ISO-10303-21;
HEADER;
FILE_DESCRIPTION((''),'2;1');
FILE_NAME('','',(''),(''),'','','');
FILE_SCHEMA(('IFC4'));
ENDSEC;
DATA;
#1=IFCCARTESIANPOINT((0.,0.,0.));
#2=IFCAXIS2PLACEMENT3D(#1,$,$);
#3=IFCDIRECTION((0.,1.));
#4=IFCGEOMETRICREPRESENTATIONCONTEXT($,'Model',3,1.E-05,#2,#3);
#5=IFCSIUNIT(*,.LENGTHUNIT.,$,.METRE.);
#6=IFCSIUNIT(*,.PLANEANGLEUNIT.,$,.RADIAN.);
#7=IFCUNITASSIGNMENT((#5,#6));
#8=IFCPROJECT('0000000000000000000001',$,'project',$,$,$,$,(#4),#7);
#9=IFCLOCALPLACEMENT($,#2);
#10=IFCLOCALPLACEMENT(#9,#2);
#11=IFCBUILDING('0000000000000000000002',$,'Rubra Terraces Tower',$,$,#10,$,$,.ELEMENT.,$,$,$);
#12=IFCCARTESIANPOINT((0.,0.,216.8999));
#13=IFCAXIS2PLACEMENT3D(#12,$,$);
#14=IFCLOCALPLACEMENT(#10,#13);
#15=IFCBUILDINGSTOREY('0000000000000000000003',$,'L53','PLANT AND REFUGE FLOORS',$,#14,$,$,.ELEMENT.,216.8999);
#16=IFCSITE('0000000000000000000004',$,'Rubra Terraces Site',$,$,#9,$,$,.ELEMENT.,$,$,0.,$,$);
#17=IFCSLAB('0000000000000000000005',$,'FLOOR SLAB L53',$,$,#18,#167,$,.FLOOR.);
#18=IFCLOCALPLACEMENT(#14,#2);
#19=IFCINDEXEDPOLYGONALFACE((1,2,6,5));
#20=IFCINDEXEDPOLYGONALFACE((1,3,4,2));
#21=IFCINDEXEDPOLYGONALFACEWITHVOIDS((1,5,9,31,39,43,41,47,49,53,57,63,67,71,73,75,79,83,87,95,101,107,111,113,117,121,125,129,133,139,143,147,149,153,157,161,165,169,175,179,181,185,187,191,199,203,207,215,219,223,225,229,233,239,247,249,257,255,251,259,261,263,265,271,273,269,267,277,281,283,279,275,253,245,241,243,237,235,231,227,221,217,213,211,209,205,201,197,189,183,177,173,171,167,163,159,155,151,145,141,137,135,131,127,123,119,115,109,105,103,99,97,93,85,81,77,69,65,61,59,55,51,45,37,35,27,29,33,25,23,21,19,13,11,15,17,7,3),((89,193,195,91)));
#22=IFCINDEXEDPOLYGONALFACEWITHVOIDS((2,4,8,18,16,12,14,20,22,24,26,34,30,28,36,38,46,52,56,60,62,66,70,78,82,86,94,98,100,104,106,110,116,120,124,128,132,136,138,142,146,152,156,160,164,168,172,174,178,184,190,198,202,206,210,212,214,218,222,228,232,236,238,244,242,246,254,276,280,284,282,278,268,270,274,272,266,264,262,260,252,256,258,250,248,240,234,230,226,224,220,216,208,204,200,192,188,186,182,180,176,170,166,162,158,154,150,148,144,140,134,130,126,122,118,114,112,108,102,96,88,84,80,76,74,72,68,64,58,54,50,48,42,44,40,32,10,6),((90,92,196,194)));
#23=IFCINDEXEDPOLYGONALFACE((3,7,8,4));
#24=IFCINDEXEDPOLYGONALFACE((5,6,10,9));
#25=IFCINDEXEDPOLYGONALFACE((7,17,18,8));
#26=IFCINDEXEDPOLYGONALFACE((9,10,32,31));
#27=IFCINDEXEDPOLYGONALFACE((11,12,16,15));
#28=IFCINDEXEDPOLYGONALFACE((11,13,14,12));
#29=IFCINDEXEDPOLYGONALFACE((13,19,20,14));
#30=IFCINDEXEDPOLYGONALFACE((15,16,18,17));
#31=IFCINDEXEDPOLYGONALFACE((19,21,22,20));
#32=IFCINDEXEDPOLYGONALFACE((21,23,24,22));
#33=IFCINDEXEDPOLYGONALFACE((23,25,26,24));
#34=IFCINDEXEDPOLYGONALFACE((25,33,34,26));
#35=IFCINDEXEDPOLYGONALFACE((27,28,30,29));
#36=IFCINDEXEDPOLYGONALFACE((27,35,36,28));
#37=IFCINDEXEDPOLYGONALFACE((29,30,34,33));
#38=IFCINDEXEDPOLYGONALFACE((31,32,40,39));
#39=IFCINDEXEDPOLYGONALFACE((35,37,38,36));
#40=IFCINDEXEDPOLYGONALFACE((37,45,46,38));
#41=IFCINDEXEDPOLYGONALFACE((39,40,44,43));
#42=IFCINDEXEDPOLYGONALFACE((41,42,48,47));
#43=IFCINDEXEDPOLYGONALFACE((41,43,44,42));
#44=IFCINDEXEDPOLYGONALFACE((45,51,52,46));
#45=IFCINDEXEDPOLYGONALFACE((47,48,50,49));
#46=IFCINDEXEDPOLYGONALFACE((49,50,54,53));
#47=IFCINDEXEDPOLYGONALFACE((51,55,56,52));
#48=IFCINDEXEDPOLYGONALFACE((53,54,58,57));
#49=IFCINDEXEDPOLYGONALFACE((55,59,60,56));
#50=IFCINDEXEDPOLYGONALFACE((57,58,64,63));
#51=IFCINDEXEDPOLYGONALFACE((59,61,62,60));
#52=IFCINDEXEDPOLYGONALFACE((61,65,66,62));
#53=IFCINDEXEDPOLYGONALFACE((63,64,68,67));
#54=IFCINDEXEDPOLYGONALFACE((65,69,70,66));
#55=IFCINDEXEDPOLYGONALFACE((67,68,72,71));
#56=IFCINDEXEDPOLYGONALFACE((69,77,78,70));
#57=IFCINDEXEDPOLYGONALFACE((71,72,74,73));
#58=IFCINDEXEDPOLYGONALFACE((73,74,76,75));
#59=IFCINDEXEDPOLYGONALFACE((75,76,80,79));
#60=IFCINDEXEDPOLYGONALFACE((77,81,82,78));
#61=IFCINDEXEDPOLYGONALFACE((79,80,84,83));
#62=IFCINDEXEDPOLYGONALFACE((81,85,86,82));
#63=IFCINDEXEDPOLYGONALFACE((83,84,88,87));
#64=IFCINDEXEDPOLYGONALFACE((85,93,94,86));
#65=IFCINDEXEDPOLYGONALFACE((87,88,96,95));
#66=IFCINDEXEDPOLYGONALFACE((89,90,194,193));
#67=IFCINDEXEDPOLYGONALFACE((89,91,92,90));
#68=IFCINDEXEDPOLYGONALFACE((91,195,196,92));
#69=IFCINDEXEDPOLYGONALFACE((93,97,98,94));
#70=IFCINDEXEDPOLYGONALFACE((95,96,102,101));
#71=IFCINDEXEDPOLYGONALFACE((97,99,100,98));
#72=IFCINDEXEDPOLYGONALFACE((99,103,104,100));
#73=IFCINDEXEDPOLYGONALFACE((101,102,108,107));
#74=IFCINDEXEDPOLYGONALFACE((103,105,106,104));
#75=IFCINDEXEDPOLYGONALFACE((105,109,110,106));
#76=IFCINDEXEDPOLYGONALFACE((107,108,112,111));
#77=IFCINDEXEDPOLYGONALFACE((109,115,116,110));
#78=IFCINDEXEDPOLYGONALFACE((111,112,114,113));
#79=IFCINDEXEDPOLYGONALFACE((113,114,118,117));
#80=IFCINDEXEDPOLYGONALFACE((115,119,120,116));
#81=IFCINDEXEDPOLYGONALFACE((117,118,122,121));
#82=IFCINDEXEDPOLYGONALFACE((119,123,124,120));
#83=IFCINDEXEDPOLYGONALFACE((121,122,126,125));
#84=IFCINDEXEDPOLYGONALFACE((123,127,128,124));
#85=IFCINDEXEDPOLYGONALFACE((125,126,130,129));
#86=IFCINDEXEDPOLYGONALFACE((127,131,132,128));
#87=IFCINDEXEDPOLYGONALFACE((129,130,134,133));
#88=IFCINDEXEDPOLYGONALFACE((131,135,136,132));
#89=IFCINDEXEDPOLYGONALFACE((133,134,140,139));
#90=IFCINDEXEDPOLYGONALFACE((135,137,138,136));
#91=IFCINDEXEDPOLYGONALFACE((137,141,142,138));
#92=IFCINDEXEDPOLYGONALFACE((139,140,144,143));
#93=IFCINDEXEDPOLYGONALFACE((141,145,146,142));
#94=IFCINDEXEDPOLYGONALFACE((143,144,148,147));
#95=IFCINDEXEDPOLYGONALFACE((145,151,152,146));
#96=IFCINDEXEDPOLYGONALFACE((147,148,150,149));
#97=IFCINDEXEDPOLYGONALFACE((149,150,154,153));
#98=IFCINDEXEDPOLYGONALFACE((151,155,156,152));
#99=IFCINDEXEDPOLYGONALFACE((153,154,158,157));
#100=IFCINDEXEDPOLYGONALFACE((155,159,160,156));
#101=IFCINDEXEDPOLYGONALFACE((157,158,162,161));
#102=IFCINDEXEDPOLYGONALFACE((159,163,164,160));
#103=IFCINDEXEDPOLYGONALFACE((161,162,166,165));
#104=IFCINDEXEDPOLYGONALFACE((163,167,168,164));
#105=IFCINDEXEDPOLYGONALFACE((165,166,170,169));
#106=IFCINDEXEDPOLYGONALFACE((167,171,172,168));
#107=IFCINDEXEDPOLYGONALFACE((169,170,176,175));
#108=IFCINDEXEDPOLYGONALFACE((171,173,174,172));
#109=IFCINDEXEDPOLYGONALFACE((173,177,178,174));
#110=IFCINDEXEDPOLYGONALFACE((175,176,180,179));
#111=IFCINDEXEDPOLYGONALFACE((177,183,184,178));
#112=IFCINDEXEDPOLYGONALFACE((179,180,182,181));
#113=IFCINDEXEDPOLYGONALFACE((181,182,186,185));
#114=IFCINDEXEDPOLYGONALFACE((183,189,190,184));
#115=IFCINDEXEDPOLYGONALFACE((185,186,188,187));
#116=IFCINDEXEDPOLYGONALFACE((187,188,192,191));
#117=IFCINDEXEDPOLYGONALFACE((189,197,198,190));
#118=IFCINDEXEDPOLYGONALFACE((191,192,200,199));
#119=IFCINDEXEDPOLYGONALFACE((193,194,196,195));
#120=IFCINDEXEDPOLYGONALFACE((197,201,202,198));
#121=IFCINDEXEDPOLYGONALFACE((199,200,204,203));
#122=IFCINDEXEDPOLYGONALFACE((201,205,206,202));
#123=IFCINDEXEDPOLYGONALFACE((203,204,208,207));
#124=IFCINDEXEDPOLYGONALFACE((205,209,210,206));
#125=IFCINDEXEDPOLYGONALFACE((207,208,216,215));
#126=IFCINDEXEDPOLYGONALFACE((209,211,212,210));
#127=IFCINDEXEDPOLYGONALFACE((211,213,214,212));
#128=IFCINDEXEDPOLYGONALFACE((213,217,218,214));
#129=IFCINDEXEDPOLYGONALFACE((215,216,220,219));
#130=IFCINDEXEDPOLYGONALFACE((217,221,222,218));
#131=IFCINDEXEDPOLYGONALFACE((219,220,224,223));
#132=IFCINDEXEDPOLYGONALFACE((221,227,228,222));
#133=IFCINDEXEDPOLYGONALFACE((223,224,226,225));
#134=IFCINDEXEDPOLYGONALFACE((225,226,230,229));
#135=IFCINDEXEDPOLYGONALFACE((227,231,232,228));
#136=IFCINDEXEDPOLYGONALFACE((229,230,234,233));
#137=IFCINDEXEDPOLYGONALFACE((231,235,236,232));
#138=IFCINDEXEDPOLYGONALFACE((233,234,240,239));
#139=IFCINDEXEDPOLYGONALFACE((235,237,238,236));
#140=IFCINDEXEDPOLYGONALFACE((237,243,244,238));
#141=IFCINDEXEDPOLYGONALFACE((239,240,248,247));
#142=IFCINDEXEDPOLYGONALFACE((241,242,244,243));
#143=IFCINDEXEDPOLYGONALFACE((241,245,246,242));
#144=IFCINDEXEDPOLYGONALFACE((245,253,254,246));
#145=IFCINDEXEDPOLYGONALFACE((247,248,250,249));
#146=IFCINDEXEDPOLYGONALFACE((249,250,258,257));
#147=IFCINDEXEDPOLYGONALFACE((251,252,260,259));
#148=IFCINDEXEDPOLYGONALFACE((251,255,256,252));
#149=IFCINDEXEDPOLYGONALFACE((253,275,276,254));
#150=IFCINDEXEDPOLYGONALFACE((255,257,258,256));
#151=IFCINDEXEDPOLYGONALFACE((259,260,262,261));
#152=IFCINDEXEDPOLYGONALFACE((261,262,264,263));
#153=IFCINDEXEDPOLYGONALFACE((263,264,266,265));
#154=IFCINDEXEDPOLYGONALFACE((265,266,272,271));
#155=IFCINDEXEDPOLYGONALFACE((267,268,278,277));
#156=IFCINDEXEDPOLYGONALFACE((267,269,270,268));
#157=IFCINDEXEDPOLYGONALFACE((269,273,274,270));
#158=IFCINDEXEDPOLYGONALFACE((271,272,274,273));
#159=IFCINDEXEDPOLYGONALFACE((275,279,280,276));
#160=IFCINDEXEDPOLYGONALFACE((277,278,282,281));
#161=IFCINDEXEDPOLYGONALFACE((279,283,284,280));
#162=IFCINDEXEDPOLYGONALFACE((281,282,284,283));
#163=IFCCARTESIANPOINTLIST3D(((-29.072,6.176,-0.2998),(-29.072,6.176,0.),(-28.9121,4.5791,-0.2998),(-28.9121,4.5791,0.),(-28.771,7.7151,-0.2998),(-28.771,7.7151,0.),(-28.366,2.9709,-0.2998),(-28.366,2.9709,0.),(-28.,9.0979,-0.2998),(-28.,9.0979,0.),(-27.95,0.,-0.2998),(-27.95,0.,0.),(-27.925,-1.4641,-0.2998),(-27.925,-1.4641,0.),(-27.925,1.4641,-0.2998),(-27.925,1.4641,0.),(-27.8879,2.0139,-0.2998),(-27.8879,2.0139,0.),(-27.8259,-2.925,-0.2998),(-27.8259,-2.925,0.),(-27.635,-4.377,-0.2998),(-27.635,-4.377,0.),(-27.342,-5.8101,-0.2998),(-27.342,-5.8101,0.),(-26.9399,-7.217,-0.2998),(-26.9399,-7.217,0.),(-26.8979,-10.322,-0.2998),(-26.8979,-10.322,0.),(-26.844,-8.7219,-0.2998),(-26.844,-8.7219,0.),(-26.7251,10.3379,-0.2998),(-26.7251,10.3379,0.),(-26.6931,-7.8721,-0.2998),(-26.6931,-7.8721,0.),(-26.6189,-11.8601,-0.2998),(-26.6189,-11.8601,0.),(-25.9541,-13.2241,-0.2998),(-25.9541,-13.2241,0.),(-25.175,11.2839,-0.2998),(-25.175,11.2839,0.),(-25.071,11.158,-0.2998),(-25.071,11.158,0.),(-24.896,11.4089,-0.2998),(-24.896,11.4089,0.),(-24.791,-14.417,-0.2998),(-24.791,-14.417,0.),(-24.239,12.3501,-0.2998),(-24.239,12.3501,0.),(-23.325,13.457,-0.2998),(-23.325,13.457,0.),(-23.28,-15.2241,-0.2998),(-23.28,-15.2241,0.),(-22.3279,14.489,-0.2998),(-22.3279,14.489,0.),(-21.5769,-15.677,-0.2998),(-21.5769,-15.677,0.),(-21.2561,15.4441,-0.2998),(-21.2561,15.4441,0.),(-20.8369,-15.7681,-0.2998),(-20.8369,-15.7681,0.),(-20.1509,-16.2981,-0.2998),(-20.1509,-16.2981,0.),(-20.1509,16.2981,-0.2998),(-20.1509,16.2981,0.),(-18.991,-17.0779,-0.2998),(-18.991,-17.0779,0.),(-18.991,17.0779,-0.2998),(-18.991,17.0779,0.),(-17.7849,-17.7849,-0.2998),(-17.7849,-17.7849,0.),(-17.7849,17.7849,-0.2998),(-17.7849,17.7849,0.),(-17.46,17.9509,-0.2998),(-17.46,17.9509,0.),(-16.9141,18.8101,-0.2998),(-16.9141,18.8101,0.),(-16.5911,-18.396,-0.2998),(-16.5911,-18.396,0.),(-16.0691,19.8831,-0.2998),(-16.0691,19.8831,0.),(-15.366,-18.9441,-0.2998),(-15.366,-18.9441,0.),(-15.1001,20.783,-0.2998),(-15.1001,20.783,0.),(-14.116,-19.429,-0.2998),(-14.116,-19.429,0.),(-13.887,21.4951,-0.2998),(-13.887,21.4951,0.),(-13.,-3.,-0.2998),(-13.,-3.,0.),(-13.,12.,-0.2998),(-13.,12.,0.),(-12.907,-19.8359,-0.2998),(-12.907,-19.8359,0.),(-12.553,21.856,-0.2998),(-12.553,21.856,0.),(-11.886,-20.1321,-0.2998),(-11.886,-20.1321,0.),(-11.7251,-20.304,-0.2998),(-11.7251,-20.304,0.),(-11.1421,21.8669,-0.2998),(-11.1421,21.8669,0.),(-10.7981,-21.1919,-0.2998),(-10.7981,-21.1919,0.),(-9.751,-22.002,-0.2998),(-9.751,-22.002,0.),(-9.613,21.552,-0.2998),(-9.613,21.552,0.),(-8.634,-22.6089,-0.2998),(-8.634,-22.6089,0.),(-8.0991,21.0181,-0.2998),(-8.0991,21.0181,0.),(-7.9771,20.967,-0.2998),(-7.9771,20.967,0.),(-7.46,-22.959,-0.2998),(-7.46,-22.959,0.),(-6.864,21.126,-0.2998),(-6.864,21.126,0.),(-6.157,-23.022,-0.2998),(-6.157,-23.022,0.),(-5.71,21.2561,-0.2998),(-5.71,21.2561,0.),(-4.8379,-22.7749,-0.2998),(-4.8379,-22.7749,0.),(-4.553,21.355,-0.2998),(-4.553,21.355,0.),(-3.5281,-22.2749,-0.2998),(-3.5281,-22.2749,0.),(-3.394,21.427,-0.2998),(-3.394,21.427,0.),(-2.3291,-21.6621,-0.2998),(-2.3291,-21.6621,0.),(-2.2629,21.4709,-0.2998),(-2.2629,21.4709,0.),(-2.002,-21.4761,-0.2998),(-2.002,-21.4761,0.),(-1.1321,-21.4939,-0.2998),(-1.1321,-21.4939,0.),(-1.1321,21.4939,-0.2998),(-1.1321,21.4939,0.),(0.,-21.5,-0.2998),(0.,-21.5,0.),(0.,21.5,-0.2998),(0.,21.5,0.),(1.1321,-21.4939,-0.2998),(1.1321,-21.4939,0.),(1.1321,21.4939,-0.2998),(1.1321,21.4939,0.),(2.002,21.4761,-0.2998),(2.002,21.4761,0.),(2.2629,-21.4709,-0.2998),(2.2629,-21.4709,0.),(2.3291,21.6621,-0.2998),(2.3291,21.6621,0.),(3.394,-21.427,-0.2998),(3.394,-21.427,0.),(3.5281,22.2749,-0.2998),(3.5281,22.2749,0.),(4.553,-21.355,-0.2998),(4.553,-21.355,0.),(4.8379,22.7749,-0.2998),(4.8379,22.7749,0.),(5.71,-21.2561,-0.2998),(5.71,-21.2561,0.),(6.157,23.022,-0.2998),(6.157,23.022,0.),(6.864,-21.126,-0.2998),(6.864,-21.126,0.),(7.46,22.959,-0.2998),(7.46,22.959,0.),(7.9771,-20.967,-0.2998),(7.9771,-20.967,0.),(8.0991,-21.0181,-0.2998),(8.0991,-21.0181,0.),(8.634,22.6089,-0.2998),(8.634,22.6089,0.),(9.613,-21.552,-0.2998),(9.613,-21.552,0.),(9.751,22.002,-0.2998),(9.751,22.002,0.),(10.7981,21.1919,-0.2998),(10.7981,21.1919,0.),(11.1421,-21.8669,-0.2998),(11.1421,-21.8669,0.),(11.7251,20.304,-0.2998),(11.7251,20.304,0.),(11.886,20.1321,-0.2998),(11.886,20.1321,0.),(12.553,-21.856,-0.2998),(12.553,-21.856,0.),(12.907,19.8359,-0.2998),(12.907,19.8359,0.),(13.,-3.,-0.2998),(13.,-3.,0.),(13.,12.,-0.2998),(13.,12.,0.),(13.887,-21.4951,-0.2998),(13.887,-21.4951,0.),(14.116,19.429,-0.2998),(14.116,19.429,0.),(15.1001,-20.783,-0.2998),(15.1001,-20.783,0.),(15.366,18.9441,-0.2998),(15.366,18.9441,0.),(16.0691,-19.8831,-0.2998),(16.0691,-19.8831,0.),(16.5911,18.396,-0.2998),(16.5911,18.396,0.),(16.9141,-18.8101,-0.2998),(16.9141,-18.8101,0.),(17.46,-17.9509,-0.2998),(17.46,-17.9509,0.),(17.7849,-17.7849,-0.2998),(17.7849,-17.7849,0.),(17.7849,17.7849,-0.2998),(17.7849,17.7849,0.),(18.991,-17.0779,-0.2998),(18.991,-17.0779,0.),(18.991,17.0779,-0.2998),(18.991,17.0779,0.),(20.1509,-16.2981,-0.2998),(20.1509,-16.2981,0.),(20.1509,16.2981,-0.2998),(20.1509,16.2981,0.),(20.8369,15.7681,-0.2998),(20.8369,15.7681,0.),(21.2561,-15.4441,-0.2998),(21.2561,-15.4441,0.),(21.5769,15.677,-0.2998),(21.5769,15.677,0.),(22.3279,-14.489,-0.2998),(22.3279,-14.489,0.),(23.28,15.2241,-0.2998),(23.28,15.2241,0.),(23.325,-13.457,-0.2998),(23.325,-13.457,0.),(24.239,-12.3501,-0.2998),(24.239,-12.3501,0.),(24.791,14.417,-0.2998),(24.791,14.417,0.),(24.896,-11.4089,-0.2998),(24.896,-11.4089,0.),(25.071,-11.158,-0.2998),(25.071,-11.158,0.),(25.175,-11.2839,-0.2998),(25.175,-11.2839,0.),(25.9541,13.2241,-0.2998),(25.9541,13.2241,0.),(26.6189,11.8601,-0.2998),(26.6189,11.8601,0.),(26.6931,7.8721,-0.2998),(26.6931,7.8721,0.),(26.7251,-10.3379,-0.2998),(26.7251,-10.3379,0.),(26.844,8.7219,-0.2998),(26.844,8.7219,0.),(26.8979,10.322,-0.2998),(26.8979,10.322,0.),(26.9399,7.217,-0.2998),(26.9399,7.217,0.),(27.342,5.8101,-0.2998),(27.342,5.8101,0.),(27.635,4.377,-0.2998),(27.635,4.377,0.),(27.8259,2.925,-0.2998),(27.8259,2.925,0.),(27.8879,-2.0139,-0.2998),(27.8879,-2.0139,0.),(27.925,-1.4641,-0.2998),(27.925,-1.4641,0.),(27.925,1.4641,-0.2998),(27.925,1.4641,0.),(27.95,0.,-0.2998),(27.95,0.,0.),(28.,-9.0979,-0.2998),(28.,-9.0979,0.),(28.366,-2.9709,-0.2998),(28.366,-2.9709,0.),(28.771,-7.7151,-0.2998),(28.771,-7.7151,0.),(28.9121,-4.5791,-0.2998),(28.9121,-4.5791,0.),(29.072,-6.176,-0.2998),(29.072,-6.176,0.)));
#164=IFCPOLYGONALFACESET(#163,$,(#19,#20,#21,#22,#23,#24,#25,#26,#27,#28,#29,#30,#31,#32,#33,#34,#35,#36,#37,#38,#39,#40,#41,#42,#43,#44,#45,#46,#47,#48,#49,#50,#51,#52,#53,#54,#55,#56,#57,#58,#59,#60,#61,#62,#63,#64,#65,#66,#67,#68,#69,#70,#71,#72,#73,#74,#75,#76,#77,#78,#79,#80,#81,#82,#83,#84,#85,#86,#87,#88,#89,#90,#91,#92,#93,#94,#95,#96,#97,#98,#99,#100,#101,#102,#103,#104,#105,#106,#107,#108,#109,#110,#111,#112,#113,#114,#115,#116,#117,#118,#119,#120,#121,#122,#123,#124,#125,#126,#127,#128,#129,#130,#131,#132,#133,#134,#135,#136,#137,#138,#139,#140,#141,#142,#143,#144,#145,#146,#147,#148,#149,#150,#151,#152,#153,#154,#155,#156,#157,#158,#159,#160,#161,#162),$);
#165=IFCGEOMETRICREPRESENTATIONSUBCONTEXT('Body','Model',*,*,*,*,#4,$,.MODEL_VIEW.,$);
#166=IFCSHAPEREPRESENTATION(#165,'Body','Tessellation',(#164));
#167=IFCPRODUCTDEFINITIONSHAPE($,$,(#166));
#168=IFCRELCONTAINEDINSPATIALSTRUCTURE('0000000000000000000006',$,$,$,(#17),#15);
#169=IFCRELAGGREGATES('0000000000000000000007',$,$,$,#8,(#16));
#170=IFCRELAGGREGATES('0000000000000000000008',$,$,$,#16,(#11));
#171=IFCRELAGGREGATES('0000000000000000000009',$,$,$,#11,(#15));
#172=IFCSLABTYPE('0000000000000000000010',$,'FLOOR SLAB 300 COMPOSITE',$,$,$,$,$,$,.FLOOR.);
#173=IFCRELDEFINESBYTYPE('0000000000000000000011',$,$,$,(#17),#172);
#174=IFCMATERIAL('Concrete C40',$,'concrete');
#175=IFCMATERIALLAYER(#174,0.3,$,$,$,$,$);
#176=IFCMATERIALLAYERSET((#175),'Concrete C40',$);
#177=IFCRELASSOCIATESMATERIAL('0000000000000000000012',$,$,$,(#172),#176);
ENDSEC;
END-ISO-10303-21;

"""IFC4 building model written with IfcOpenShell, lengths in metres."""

from ifc_helpers import new_model, si_unit, direction, frame, origin, place, context, subcontext, project, spatial, polyline, outline, extrude, material, layer, layer_set, type_object, element, save


model = new_model("IFC4")

# Units and contexts
model_context = context("Model", 3, precision=1e-05, world=origin(), true_north=direction((0.0, 1.0)))
body_context = subcontext(model_context, "Body", "Model", "MODEL_VIEW")
ifc_project = project(units=[si_unit("LENGTHUNIT", "METRE"), si_unit("PLANEANGLEUNIT", "RADIAN")], contexts=[model_context])

# Site, building, storey
site_placement = place(None, origin())
site = spatial("IfcSite", under=ifc_project, at=site_placement, Name="Rubra Terraces Site", CompositionType="ELEMENT", RefElevation=0.0)
building_placement = place(site_placement, origin())
building = spatial("IfcBuilding", under=site, at=building_placement, Name="Rubra Terraces Tower", CompositionType="ELEMENT")
storey_placement = place(building_placement, frame((0.0, 0.0, 216.8999)))
storey = spatial("IfcBuildingStorey", under=building, at=storey_placement, Name="L53", Description="PLANT AND REFUGE FLOORS", CompositionType="ELEMENT", Elevation=216.8999)

# Shared definitions
ifc_material_1 = material(Name="Concrete C40", Category="concrete")

# Slab
ifc_layer_1 = layer(ifc_material_1, 0.3)
ifc_layer_set_1 = layer_set([ifc_layer_1], Name="Concrete C40")
slab_type_1 = type_object("IfcSlabType", Name="FLOOR SLAB 300 COMPOSITE", PredefinedType="FLOOR", material=ifc_layer_set_1)
slab_1_placement = place(storey_placement, frame((0.0, 0.0, -0.2998)))
element("IfcSlab", 1, at=slab_1_placement, inside=storey, type_object=slab_type_1, Name="FLOOR SLAB L53", PredefinedType="FLOOR", context=body_context, shape_type="SweptSolid", body=[
    extrude(outline(polyline([(-2.3291, -21.6621), (-2.002, -21.4761), (-1.1321, -21.4939), (0.0, -21.5), (1.1321, -21.4939), (2.2629, -21.4709), (3.394, -21.427), (4.553, -21.355), (5.71, -21.2561), (6.864, -21.126), (7.9771, -20.967), (8.0991, -21.0181), (9.613, -21.552), (11.1421, -21.8669), (12.553, -21.856), (13.887, -21.4951), (15.1001, -20.783), (16.0691, -19.8831), (16.9141, -18.8101), (17.46, -17.9509), (17.7849, -17.7849), (18.991, -17.0779), (20.1509, -16.2981), (21.2561, -15.4441), (22.3279, -14.489), (23.325, -13.457), (24.239, -12.3501), (25.071, -11.158), (24.896, -11.4089), (25.175, -11.2839), (26.7251, -10.3379), (28.0, -9.0979), (28.771, -7.7151), (29.072, -6.176), (28.9121, -4.5791), (28.366, -2.9709), (27.8879, -2.0139), (27.925, -1.4641), (27.95, 0.0), (27.925, 1.4641), (27.8259, 2.925), (27.635, 4.377), (27.342, 5.8101), (26.9399, 7.217), (26.6931, 7.8721), (26.844, 8.7219), (26.8979, 10.322), (26.6189, 11.8601), (25.9541, 13.2241), (24.791, 14.417), (23.28, 15.2241), (21.5769, 15.677), (20.8369, 15.7681), (20.1509, 16.2981), (18.991, 17.0779), (17.7849, 17.7849), (16.5911, 18.396), (15.366, 18.9441), (14.116, 19.429), (12.907, 19.8359), (11.886, 20.1321), (11.7251, 20.304), (10.7981, 21.1919), (9.751, 22.002), (8.634, 22.6089), (7.46, 22.959), (6.157, 23.022), (4.8379, 22.7749), (3.5281, 22.2749), (2.3291, 21.6621), (2.002, 21.4761), (1.1321, 21.4939), (0.0, 21.5), (-1.1321, 21.4939), (-2.2629, 21.4709), (-3.394, 21.427), (-4.553, 21.355), (-5.71, 21.2561), (-6.864, 21.126), (-7.9771, 20.967), (-8.0991, 21.0181), (-9.613, 21.552), (-11.1421, 21.8669), (-12.553, 21.856), (-13.887, 21.4951), (-15.1001, 20.783), (-16.0691, 19.8831), (-16.9141, 18.8101), (-17.46, 17.9509), (-17.7849, 17.7849), (-18.991, 17.0779), (-20.1509, 16.2981), (-21.2561, 15.4441), (-22.3279, 14.489), (-23.325, 13.457), (-24.239, 12.3501), (-25.071, 11.158), (-24.896, 11.4089), (-25.175, 11.2839), (-26.7251, 10.3379), (-28.0, 9.0979), (-28.771, 7.7151), (-29.072, 6.176), (-28.9121, 4.5791), (-28.366, 2.9709), (-27.8879, 2.0139), (-27.925, 1.4641), (-27.95, 0.0), (-27.925, -1.4641), (-27.8259, -2.925), (-27.635, -4.377), (-27.342, -5.8101), (-26.9399, -7.217), (-26.6931, -7.8721), (-26.844, -8.7219), (-26.8979, -10.322), (-26.6189, -11.8601), (-25.9541, -13.2241), (-24.791, -14.417), (-23.28, -15.2241), (-21.5769, -15.677), (-20.8369, -15.7681), (-20.1509, -16.2981), (-18.991, -17.0779), (-17.7849, -17.7849), (-16.5911, -18.396), (-15.366, -18.9441), (-14.116, -19.429), (-12.907, -19.8359), (-11.886, -20.1321), (-11.7251, -20.304), (-10.7981, -21.1919), (-9.751, -22.002), (-8.634, -22.6089), (-7.46, -22.959), (-6.157, -23.022), (-4.8379, -22.7749), (-3.5281, -22.2749), (-2.3291, -21.6621)]), holes=[polyline([(13.0, 12.0), (13.0, -3.0), (-13.0, -3.0), (-13.0, 12.0), (13.0, 12.0)])]), origin(), (0.0, 0.0, 1.0), 0.2998),
])

save(model, "model.ifc")
